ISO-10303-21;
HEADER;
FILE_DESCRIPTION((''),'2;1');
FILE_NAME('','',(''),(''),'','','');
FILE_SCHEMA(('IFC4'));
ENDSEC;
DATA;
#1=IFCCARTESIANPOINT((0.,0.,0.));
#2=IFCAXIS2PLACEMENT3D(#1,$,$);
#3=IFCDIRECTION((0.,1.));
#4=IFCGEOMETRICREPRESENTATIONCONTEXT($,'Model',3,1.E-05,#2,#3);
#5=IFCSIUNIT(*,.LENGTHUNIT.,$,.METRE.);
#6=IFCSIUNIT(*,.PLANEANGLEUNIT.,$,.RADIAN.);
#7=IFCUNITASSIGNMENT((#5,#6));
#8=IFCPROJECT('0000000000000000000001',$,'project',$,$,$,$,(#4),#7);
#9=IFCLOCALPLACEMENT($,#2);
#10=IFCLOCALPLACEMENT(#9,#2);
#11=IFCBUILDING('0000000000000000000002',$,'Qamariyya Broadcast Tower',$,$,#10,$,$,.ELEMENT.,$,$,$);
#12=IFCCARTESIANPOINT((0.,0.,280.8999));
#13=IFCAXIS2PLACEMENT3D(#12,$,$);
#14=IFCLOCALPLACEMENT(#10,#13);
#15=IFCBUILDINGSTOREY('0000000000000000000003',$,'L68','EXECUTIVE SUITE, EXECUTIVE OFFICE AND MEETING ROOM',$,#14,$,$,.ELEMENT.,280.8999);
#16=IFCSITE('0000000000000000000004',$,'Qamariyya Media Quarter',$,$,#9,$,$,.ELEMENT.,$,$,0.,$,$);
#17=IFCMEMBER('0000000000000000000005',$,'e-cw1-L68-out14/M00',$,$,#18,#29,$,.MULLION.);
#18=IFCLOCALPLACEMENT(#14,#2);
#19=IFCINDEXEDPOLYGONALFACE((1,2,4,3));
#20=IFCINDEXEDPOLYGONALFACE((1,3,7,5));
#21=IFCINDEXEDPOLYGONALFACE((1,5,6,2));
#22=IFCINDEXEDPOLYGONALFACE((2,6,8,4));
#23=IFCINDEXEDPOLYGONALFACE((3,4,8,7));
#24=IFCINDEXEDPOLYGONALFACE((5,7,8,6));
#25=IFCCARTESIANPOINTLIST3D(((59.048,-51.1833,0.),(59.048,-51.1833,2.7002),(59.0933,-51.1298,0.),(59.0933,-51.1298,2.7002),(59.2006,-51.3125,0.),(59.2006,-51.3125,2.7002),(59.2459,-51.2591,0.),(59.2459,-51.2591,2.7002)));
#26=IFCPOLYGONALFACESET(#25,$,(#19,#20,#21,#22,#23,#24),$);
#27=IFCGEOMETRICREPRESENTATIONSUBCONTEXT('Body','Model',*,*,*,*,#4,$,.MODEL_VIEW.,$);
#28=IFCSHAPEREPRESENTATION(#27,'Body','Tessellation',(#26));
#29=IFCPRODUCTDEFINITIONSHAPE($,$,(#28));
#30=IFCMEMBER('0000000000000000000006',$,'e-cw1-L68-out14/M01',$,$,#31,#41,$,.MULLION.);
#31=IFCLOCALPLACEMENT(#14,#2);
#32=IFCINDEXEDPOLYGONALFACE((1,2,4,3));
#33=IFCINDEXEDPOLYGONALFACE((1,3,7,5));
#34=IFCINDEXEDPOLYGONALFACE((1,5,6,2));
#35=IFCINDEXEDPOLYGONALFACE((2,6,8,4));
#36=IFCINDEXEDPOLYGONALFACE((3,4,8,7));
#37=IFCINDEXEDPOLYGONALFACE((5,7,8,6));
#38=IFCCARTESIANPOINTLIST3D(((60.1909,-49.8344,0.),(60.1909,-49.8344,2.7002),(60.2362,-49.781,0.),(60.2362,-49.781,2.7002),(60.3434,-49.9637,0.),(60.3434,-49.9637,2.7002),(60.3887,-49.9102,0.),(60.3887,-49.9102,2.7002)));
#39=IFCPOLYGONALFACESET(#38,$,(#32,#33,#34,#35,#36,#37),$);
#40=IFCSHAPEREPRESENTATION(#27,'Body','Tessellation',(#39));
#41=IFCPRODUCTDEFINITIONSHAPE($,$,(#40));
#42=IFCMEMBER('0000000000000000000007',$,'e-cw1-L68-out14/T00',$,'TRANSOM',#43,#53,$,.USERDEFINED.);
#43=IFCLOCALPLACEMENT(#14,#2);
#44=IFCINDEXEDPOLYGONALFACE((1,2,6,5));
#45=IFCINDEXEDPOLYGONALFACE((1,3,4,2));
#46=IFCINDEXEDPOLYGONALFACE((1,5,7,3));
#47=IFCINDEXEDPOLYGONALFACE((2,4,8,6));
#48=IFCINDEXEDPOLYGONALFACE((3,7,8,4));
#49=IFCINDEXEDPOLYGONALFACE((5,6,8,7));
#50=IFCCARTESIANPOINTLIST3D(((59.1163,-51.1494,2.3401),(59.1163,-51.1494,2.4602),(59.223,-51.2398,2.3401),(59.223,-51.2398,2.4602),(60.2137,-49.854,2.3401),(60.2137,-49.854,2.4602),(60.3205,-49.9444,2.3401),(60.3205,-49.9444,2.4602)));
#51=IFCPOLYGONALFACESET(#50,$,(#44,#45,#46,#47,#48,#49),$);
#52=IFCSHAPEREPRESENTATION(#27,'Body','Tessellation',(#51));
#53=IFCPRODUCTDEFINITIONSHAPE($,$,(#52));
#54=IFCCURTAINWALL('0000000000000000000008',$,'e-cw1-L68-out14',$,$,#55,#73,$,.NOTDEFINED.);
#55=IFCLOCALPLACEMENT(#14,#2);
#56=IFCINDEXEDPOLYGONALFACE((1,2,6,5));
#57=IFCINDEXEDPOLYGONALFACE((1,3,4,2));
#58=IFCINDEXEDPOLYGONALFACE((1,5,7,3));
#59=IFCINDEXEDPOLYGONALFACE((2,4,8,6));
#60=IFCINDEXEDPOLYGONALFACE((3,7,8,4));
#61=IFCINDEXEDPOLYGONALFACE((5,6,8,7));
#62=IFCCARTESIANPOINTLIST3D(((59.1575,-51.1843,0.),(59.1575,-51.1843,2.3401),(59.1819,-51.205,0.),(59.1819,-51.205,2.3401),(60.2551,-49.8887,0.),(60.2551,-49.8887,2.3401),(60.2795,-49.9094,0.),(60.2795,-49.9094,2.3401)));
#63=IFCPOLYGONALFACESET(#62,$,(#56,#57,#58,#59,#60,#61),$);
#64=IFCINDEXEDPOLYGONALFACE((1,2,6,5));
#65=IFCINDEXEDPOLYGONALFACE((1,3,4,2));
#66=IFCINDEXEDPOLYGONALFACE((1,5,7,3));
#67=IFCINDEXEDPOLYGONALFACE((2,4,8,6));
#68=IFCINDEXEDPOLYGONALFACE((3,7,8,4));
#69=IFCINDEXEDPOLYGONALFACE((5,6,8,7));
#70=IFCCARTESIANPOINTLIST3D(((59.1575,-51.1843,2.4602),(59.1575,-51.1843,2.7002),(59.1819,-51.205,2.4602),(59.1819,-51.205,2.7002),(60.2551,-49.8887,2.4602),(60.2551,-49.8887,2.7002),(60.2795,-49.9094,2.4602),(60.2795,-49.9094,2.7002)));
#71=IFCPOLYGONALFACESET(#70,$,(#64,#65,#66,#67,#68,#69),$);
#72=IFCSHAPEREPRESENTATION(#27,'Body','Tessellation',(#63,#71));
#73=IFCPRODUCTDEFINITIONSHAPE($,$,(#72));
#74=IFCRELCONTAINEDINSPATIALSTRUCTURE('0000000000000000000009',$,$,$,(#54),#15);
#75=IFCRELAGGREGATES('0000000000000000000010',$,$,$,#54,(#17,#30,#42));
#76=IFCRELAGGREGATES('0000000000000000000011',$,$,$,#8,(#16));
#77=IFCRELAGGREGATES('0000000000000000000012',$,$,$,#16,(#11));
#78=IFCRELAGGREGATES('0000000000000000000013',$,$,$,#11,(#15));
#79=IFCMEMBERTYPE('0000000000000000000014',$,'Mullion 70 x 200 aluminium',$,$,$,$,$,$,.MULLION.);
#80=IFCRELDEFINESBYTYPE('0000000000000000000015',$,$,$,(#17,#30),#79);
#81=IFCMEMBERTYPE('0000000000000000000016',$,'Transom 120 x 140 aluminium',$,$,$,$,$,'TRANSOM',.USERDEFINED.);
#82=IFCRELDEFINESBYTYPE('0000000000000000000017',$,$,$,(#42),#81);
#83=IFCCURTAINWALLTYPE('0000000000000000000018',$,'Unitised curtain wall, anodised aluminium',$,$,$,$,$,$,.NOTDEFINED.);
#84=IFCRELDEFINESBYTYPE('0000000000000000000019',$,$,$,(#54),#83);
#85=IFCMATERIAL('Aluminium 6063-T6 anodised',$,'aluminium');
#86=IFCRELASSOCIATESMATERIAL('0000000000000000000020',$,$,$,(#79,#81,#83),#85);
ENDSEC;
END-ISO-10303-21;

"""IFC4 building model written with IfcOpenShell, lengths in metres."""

from ifc_helpers import new_model, si_unit, direction, frame, origin, origin_2d, place, context, subcontext, project, spatial, rectangle, extrude, material, material_profile, profile_set, type_object, element, aggregate, save


model = new_model("IFC4")

# Units and contexts
model_context = context("Model", 3, precision=1e-05, world=origin(), true_north=direction((0.0, 1.0)))
body_context = subcontext(model_context, "Body", "Model", "MODEL_VIEW")
ifc_project = project(units=[si_unit("LENGTHUNIT", "METRE"), si_unit("PLANEANGLEUNIT", "RADIAN")], contexts=[model_context])

# Members
ifc_material = material(Name="Aluminium 6063-T6 anodised", Category="aluminium")
ifc_material_profile_1 = material_profile(ifc_material, rectangle(XDim=0.2, YDim=0.0701, at=origin_2d()))
ifc_profile_set_1 = profile_set([ifc_material_profile_1], Name="Aluminium 6063-T6 anodised")
member_type_1 = type_object("IfcMemberType", Name="Mullion 70 x 200 aluminium", PredefinedType="MULLION", material=ifc_profile_set_1)
site_placement = place(None, origin())
building_placement = place(site_placement, origin())
storey_placement = place(building_placement, frame((0.0, 0.0, 280.8999)))
member_1_placement = place(storey_placement, frame((59.147, -51.2212, 0.0), z_axis=(0.0, 0.0, 1.0), x_axis=(-0.762997, 0.646402, 0.0)))
member_1 = element("IfcMember", 1, at=member_1_placement, type_object=member_type_1, Name="e-cw1-L68-out14/M00", PredefinedType="MULLION", context=body_context, shape_type="SweptSolid", body=[
    extrude(rectangle(XDim=0.2, YDim=0.0701, at=origin_2d()), origin(), (0.0, 0.0, 1.0), 2.7002),
])
member_2_placement = place(storey_placement, frame((60.2898, -49.8723, 0.0), z_axis=(0.0, 0.0, 1.0), x_axis=(-0.762997, 0.646402, 0.0)))
member_2 = element("IfcMember", 2, at=member_2_placement, type_object=member_type_1, Name="e-cw1-L68-out14/M01", PredefinedType="MULLION", context=body_context, shape_type="SweptSolid", body=[
    extrude(rectangle(XDim=0.2, YDim=0.0701, at=origin_2d()), origin(), (0.0, 0.0, 1.0), 2.7002),
])
ifc_material_profile_2 = material_profile(ifc_material, rectangle(XDim=0.1399, YDim=0.1201, at=origin_2d()))
ifc_profile_set_2 = profile_set([ifc_material_profile_2], Name="Aluminium 6063-T6 anodised")
member_type_2 = type_object("IfcMemberType", Name="Transom 120 x 140 aluminium", ElementType="TRANSOM", PredefinedType="USERDEFINED", material=ifc_profile_set_2)
member_3_placement = place(storey_placement, frame((59.1697, -51.1946, 2.4001), z_axis=(0.646387, 0.76301, 0.0), x_axis=(-0.76301, 0.646387, 0.0)))
member_3 = element("IfcMember", 3, at=member_3_placement, type_object=member_type_2, Name="e-cw1-L68-out14/T00", ObjectType="TRANSOM", PredefinedType="USERDEFINED", context=body_context, shape_type="SweptSolid", body=[
    extrude(rectangle(XDim=0.1399, YDim=0.1201, at=origin_2d()), origin(), (0.0, 0.0, 1.0), 1.6978),
])

# Site, building, storey
site = spatial("IfcSite", under=ifc_project, at=site_placement, Name="Qamariyya Media Quarter", CompositionType="ELEMENT", RefElevation=0.0)
building = spatial("IfcBuilding", under=site, at=building_placement, Name="Qamariyya Broadcast Tower", CompositionType="ELEMENT")
storey = spatial("IfcBuildingStorey", under=building, at=storey_placement, Name="L68", Description="EXECUTIVE SUITE, EXECUTIVE OFFICE AND MEETING ROOM", CompositionType="ELEMENT", Elevation=280.8999)

# Curtain wall
curtain_wall_type = type_object("IfcCurtainWallType", Name="Unitised curtain wall, anodised aluminium", PredefinedType="NOTDEFINED", material=ifc_material)
curtain_wall_1_placement = place(storey_placement, origin())
curtain_wall_1 = element("IfcCurtainWall", 4, at=curtain_wall_1_placement, inside=storey, type_object=curtain_wall_type, Name="e-cw1-L68-out14", PredefinedType="NOTDEFINED", context=body_context, shape_type="SweptSolid", body=[
    extrude(rectangle(XDim=1.698, YDim=0.032, at=origin_2d()), frame((59.7185, -50.5469, 0.0), x_axis=(0.646383, 0.763013, 0.0)), (0.0, 0.0, 1.0), 2.3401),
    extrude(rectangle(XDim=1.698, YDim=0.032, at=origin_2d()), frame((59.7185, -50.5469, 2.4602), x_axis=(0.646383, 0.763013, 0.0)), (0.0, 0.0, 1.0), 0.24),
])
aggregate(curtain_wall_1, [member_1, member_2, member_3])

save(model, "model.ifc")
